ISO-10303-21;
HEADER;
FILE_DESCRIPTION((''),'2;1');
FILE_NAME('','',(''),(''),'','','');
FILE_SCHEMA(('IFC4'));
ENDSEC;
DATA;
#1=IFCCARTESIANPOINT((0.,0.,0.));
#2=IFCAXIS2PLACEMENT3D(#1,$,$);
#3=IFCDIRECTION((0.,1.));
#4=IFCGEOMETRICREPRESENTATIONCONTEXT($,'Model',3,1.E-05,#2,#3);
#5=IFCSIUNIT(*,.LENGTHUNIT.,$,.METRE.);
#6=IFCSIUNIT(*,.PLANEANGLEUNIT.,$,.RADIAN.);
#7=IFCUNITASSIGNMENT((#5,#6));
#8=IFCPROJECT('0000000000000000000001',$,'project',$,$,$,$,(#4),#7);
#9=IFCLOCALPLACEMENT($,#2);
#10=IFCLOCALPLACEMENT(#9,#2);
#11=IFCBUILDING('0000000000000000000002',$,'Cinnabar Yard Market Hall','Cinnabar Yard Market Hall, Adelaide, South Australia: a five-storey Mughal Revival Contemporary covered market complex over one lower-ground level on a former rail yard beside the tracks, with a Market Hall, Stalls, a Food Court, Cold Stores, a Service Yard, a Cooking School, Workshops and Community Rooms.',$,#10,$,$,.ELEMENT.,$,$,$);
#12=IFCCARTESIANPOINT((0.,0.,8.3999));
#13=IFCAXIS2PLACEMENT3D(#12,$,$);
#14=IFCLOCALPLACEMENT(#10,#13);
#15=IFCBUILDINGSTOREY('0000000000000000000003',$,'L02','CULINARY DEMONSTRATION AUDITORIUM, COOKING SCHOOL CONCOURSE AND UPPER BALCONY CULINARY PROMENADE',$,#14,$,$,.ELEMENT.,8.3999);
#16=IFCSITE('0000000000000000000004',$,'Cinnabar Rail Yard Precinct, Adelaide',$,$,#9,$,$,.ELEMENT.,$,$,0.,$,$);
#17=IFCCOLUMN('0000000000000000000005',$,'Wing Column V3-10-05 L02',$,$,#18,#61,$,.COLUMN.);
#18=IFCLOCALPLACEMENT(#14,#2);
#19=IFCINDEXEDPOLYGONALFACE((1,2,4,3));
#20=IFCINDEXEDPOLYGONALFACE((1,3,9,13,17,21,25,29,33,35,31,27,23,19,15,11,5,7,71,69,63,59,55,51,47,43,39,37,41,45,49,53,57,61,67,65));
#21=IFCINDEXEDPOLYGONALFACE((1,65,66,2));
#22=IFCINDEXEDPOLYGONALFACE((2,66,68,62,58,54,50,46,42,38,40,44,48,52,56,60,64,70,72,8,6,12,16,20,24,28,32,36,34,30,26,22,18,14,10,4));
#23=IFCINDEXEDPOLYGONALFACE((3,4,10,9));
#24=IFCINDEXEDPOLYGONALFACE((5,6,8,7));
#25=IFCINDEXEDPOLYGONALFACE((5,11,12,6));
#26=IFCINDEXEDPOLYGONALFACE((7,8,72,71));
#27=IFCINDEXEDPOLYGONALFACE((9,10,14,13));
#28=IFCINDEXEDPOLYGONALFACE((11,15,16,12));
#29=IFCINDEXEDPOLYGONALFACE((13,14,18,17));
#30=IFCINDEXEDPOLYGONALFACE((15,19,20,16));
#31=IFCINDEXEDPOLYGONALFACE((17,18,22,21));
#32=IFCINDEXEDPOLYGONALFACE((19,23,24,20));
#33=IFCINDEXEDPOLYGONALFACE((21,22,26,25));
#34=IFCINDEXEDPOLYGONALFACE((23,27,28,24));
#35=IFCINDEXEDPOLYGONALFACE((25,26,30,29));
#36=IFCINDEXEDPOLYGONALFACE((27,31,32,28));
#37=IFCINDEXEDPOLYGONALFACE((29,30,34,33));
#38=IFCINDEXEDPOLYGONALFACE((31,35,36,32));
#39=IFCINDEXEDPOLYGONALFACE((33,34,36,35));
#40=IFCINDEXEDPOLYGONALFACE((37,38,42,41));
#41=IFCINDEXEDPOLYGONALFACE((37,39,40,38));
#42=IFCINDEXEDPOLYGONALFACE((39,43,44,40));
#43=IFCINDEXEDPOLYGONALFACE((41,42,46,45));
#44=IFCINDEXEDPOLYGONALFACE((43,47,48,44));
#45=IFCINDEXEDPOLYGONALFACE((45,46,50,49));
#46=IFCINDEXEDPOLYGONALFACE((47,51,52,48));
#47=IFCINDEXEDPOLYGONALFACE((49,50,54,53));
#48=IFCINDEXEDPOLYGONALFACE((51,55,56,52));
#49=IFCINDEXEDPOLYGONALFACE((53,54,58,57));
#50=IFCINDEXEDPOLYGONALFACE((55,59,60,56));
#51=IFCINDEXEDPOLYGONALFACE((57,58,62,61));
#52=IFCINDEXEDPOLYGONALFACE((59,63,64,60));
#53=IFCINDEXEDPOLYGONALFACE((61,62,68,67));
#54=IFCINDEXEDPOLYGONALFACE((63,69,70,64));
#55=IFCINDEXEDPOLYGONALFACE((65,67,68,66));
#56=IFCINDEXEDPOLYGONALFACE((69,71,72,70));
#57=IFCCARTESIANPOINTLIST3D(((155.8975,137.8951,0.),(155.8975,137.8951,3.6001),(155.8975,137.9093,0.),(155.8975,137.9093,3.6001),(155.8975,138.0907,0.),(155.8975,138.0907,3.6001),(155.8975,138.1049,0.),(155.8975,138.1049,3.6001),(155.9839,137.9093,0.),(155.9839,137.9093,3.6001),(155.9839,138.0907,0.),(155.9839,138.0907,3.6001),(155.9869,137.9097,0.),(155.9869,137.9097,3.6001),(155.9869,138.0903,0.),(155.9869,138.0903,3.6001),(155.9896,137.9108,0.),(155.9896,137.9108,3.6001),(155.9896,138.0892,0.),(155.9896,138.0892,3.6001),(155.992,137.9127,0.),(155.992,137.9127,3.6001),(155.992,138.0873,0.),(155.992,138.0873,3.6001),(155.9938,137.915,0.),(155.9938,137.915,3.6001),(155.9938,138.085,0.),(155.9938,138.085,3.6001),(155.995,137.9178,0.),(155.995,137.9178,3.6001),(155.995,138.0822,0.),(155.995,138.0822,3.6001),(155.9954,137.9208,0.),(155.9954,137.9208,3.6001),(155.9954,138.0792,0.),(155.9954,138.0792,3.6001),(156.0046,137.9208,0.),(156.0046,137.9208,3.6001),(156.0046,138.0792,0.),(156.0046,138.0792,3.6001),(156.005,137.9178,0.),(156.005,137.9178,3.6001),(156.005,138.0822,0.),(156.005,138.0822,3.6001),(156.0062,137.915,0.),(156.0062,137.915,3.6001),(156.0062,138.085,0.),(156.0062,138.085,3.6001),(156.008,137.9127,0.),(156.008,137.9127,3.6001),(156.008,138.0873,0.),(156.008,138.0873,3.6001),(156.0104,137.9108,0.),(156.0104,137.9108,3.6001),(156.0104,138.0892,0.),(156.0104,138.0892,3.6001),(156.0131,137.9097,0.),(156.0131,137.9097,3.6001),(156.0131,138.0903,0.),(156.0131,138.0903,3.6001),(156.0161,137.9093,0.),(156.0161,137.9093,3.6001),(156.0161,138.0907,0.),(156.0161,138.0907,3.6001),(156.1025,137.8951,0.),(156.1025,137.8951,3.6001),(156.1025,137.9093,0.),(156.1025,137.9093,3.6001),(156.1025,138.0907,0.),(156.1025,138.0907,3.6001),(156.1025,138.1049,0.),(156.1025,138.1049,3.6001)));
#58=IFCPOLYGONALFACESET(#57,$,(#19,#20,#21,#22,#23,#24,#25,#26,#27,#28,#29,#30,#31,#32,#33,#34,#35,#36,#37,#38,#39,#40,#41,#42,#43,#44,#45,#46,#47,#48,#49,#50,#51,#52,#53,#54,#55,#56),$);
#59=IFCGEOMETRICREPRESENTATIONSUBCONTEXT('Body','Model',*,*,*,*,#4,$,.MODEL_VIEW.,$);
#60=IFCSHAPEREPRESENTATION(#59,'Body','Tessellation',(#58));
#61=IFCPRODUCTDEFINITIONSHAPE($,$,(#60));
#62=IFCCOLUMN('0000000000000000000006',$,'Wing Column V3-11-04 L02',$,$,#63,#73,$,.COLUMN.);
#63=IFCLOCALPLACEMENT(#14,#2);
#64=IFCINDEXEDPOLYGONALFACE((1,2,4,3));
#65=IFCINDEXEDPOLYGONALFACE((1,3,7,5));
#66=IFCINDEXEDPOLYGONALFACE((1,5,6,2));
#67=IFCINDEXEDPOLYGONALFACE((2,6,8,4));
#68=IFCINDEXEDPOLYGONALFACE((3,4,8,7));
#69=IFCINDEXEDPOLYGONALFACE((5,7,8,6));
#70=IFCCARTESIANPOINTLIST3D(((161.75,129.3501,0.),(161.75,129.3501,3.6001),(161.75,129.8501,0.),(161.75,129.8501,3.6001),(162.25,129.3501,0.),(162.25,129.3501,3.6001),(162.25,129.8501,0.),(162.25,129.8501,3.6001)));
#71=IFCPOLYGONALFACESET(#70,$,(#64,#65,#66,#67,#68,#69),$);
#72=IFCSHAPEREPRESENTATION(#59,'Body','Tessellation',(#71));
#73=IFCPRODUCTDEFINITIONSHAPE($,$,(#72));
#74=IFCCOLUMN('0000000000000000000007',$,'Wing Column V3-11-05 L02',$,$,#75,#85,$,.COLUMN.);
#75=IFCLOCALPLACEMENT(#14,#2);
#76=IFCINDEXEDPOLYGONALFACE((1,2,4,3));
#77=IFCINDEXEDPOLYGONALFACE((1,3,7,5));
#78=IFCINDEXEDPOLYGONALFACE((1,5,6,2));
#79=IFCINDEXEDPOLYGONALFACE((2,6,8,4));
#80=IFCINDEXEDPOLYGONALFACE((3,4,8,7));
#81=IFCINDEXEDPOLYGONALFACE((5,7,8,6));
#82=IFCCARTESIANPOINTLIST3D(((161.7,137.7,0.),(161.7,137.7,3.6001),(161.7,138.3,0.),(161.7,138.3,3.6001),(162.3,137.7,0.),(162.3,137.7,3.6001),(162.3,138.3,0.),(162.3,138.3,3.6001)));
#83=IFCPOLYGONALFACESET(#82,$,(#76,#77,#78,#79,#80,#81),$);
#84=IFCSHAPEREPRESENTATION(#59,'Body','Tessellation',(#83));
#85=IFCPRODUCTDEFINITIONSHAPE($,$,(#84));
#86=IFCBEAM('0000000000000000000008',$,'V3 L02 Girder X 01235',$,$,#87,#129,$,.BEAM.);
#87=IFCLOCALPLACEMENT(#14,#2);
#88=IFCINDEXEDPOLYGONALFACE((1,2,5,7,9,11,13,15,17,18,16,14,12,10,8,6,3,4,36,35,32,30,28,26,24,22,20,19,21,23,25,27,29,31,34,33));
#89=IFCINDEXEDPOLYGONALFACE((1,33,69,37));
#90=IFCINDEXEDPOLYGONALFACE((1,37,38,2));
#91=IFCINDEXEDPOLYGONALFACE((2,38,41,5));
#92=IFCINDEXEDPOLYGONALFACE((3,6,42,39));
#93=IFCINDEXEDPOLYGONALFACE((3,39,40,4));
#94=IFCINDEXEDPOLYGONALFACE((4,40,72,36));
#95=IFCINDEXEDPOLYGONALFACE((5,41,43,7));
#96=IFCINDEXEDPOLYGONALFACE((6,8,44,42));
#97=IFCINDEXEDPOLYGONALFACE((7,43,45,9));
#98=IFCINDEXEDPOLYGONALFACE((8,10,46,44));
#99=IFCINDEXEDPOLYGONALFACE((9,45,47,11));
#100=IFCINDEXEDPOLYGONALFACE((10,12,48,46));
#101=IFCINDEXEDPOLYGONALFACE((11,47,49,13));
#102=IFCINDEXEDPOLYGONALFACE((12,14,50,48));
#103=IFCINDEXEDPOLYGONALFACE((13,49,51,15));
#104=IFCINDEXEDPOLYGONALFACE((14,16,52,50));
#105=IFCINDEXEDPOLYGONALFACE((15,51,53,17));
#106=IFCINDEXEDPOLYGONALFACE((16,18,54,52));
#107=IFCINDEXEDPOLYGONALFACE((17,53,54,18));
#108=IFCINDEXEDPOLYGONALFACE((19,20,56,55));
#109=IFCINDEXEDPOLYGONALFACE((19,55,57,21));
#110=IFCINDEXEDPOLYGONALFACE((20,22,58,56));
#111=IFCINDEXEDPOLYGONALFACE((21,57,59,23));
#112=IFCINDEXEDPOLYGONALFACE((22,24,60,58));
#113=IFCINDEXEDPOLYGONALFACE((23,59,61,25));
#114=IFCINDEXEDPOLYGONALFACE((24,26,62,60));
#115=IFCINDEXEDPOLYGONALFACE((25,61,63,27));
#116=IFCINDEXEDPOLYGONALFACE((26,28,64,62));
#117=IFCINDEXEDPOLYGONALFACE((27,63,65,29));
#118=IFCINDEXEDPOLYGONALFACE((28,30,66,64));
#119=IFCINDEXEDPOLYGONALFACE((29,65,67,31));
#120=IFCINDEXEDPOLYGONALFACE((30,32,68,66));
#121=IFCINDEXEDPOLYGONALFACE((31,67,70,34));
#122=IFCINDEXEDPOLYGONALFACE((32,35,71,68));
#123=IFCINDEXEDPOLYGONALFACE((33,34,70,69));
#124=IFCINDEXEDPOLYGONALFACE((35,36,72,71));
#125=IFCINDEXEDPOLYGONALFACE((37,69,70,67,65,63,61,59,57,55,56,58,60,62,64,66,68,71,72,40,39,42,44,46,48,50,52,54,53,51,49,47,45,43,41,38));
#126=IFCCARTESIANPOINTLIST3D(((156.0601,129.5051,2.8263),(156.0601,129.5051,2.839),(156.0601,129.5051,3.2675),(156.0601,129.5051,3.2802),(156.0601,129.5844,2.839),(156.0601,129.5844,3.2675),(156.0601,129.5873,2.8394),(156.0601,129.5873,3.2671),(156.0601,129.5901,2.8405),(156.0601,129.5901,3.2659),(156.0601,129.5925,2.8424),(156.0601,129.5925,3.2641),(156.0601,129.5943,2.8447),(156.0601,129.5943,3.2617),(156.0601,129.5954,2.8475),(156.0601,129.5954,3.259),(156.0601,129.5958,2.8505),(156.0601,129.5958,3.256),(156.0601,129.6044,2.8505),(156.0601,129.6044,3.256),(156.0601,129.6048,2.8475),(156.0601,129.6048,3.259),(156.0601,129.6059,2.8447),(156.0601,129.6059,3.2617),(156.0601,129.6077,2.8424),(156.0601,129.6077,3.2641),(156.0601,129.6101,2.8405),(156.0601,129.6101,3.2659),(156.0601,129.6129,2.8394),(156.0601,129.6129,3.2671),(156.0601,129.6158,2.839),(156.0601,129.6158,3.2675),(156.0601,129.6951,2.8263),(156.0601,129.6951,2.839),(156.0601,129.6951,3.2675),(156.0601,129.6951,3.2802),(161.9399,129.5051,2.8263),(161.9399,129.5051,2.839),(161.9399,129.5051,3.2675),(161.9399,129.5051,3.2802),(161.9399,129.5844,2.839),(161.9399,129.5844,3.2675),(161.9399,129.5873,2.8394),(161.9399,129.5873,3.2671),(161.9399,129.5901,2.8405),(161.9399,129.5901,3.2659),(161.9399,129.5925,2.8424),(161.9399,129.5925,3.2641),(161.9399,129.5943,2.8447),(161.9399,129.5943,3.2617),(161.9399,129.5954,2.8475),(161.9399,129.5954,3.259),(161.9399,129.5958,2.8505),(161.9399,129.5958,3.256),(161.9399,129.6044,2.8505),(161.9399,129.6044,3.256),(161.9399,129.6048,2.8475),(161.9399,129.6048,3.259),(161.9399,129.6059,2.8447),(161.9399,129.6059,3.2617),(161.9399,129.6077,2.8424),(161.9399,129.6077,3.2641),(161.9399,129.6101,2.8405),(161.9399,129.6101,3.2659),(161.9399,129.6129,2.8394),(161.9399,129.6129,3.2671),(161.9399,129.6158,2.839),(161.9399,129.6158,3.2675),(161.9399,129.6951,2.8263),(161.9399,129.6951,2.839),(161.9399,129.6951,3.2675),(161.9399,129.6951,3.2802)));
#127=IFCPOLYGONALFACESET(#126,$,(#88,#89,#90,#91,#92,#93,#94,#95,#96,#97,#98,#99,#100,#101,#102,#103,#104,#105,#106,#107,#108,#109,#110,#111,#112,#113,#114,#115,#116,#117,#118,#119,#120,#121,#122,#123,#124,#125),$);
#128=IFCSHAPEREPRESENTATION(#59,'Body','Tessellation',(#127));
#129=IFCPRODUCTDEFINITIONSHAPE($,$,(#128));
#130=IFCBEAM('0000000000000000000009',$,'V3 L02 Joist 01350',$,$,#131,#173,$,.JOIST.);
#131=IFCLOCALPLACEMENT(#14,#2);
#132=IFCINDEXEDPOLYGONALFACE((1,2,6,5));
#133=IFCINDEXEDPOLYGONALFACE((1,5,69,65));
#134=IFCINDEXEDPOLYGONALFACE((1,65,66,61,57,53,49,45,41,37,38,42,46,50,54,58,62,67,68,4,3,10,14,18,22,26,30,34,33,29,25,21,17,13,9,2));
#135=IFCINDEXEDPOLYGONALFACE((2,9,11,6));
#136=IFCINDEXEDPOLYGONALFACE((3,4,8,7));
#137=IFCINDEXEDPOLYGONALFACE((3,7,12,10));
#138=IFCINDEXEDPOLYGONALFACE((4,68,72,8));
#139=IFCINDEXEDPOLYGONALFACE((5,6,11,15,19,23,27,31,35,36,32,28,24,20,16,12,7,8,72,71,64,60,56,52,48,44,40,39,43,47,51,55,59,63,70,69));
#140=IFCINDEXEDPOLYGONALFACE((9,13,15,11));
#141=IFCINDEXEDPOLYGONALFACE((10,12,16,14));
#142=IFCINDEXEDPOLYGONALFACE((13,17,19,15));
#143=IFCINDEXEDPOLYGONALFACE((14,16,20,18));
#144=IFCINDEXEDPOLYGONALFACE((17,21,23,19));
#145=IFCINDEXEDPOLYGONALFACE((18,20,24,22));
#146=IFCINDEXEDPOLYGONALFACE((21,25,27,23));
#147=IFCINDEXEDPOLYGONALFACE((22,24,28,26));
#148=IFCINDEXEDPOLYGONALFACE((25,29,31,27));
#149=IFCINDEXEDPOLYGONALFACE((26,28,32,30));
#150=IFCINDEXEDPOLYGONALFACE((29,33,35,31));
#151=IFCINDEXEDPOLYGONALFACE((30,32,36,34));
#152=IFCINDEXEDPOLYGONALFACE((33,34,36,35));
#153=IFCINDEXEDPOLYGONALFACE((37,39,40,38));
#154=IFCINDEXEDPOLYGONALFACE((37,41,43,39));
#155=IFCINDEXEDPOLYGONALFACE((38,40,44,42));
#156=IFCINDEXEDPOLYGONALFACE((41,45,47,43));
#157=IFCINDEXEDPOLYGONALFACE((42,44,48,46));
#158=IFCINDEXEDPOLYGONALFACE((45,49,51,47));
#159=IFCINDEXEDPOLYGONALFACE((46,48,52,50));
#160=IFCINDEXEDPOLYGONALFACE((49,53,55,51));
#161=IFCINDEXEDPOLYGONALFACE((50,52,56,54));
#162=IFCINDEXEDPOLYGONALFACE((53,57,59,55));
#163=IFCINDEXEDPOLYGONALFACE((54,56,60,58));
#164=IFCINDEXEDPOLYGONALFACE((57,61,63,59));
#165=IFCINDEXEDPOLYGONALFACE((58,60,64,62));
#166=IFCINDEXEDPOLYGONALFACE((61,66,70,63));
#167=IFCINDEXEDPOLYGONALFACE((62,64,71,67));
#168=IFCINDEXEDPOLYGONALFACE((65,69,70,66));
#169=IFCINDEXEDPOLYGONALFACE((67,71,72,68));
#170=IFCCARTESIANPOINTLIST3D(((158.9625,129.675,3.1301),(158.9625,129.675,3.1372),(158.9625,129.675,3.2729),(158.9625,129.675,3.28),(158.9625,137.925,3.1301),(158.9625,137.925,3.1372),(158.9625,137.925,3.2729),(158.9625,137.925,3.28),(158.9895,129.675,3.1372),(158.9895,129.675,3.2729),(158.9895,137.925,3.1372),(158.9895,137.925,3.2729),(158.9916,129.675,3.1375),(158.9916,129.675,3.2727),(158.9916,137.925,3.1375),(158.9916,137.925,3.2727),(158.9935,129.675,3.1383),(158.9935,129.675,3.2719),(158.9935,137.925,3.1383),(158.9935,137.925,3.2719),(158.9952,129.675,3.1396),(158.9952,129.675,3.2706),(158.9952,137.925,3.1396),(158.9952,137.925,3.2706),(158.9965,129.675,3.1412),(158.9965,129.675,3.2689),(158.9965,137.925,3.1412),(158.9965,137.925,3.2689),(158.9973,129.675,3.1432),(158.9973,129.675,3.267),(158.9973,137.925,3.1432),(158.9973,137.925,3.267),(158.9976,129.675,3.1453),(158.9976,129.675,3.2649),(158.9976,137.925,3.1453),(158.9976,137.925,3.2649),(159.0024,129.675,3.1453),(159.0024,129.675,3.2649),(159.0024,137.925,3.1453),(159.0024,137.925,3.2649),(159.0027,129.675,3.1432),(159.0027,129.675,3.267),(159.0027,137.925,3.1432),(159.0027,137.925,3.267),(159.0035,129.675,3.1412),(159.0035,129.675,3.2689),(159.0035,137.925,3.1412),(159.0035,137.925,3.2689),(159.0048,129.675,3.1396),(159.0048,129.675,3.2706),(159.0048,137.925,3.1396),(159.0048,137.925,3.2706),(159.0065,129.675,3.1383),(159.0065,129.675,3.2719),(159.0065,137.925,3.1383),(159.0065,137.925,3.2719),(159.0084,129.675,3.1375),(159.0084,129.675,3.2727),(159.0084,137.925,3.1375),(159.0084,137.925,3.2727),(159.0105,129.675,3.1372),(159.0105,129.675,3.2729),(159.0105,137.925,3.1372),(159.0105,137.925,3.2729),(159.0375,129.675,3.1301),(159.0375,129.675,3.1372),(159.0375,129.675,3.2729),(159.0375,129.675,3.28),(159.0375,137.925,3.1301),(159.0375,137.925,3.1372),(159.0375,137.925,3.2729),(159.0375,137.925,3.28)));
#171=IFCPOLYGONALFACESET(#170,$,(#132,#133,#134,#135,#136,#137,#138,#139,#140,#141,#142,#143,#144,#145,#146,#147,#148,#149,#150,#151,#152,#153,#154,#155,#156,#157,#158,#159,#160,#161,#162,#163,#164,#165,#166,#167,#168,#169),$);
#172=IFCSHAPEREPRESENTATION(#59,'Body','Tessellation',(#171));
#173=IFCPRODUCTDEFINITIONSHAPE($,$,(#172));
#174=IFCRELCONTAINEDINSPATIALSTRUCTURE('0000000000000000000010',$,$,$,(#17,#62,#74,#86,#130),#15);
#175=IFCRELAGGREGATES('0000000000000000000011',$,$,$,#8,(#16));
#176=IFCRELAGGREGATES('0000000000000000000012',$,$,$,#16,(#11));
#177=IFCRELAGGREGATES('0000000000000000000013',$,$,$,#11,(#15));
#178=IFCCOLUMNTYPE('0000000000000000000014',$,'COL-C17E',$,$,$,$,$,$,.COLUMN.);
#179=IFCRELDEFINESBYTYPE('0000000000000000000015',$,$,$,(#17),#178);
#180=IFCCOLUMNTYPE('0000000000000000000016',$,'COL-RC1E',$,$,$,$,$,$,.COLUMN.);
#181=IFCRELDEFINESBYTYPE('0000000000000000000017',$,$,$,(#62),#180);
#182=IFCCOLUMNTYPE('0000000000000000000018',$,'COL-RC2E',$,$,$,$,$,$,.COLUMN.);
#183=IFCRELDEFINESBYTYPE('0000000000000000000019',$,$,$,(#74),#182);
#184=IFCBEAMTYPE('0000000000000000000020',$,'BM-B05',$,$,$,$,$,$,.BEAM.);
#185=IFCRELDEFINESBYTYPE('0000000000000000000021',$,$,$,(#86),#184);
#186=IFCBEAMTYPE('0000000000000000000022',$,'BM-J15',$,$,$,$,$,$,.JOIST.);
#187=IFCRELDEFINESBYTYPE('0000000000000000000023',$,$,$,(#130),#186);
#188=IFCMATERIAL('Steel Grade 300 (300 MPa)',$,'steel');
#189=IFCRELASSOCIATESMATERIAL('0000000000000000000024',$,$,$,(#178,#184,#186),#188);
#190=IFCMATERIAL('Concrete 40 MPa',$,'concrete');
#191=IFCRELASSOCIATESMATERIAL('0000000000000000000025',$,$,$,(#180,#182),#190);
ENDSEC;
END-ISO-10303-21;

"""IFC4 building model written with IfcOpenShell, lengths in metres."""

from ifc_helpers import new_model, si_unit, direction, frame, origin, origin_2d_with_axis, place, context, subcontext, project, spatial, rectangle, i_section, extrude, material, material_profile, profile_set, type_object, element, save


model = new_model("IFC4")

# Units and contexts
model_context = context("Model", 3, precision=1e-05, world=origin(), true_north=direction((0.0, 1.0)))
body_context = subcontext(model_context, "Body", "Model", "MODEL_VIEW")
ifc_project = project(units=[si_unit("LENGTHUNIT", "METRE"), si_unit("PLANEANGLEUNIT", "RADIAN")], contexts=[model_context])

# Site, building, storey
site_placement = place(None, origin())
site = spatial("IfcSite", under=ifc_project, at=site_placement, Name="Cinnabar Rail Yard Precinct, Adelaide", CompositionType="ELEMENT", RefElevation=0.0)
building_placement = place(site_placement, origin())
building = spatial("IfcBuilding", under=site, at=building_placement, Name="Cinnabar Yard Market Hall", Description="Cinnabar Yard Market Hall, Adelaide, South Australia: a five-storey Mughal Revival Contemporary covered market complex over one lower-ground level on a former rail yard beside the tracks, with a Market Hall, Stalls, a Food Court, Cold Stores, a Service Yard, a Cooking School, Workshops and Community Rooms.", CompositionType="ELEMENT")
storey_placement = place(building_placement, frame((0.0, 0.0, 8.3999)))
storey = spatial("IfcBuildingStorey", under=building, at=storey_placement, Name="L02", Description="CULINARY DEMONSTRATION AUDITORIUM, COOKING SCHOOL CONCOURSE AND UPPER BALCONY CULINARY PROMENADE", CompositionType="ELEMENT", Elevation=8.3999)

# Columns
ifc_material_1 = material(Name="Steel Grade 300 (300 MPa)", Category="steel")
ifc_material_profile_1 = material_profile(ifc_material_1, i_section(OverallWidth=0.2051, OverallDepth=0.2097, WebThickness=0.0093, FlangeThickness=0.0142, FilletRadius=0.0115, at=origin_2d_with_axis()), Name="200UC59.5")
ifc_profile_set_1 = profile_set([ifc_material_profile_1], Name="Steel Grade 300 (300 MPa)")
column_type_1 = type_object("IfcColumnType", Name="COL-C17E", PredefinedType="COLUMN", material=ifc_profile_set_1)
column_1_placement = place(storey_placement, frame((156.0, 138.0, 0.0), z_axis=(0.0, 0.0, 1.0), x_axis=(1.0, 0.0, 0.0)))
element("IfcColumn", 1, at=column_1_placement, inside=storey, type_object=column_type_1, Name="Wing Column V3-10-05 L02", PredefinedType="COLUMN", context=body_context, shape_type="SweptSolid", body=[
    extrude(i_section(OverallWidth=0.2051, OverallDepth=0.2097, WebThickness=0.0093, FlangeThickness=0.0142, FilletRadius=0.0115, at=origin_2d_with_axis()), origin(), (0.0, 0.0, 1.0), 3.6001),
])
ifc_material_2 = material(Name="Concrete 40 MPa", Category="concrete")
ifc_material_profile_2 = material_profile(ifc_material_2, rectangle(XDim=0.5, YDim=0.5, at=origin_2d_with_axis()), Name="RC-500x500")
ifc_profile_set_2 = profile_set([ifc_material_profile_2], Name="Concrete 40 MPa")
column_type_2 = type_object("IfcColumnType", Name="COL-RC1E", PredefinedType="COLUMN", material=ifc_profile_set_2)
column_2_placement = place(storey_placement, frame((162.0, 129.6001, 0.0), z_axis=(0.0, 0.0, 1.0), x_axis=(1.0, 0.0, 0.0)))
element("IfcColumn", 2, at=column_2_placement, inside=storey, type_object=column_type_2, Name="Wing Column V3-11-04 L02", PredefinedType="COLUMN", context=body_context, shape_type="SweptSolid", body=[
    extrude(rectangle(XDim=0.5, YDim=0.5, at=origin_2d_with_axis()), origin(), (0.0, 0.0, 1.0), 3.6001),
])
ifc_material_profile_3 = material_profile(ifc_material_2, rectangle(XDim=0.6001, YDim=0.6001, at=origin_2d_with_axis()), Name="RC-600x600")
ifc_profile_set_3 = profile_set([ifc_material_profile_3], Name="Concrete 40 MPa")
column_type_3 = type_object("IfcColumnType", Name="COL-RC2E", PredefinedType="COLUMN", material=ifc_profile_set_3)
column_3_placement = place(storey_placement, frame((162.0, 138.0, 0.0), z_axis=(0.0, 0.0, 1.0), x_axis=(1.0, 0.0, 0.0)))
element("IfcColumn", 3, at=column_3_placement, inside=storey, type_object=column_type_3, Name="Wing Column V3-11-05 L02", PredefinedType="COLUMN", context=body_context, shape_type="SweptSolid", body=[
    extrude(rectangle(XDim=0.6001, YDim=0.6001, at=origin_2d_with_axis()), origin(), (0.0, 0.0, 1.0), 3.6001),
])

# Beams
ifc_material_profile_4 = material_profile(ifc_material_1, i_section(OverallWidth=0.1899, OverallDepth=0.4539, WebThickness=0.0085, FlangeThickness=0.0127, FilletRadius=0.0115, at=origin_2d_with_axis()), Name="460UB67.1")
ifc_profile_set_4 = profile_set([ifc_material_profile_4], Name="Steel Grade 300 (300 MPa)")
beam_type_1 = type_object("IfcBeamType", Name="BM-B05", PredefinedType="BEAM", material=ifc_profile_set_4)
beam_1_placement = place(storey_placement, frame((156.0601, 129.6001, 3.0532), z_axis=(1.0, 0.0, 0.0), x_axis=(0.0, 1.0, 0.0)))
element("IfcBeam", 4, at=beam_1_placement, inside=storey, type_object=beam_type_1, Name="V3 L02 Girder X 01235", PredefinedType="BEAM", context=body_context, shape_type="SweptSolid", body=[
    extrude(i_section(OverallWidth=0.1899, OverallDepth=0.4539, WebThickness=0.0085, FlangeThickness=0.0127, FilletRadius=0.0115, at=origin_2d_with_axis()), origin(), (0.0, 0.0, 1.0), 5.8799),
])
ifc_material_profile_5 = material_profile(ifc_material_1, i_section(OverallWidth=0.075, OverallDepth=0.1499, WebThickness=0.0049, FlangeThickness=0.0071, FilletRadius=0.0081, at=origin_2d_with_axis()), Name="150UB14.0")
ifc_profile_set_5 = profile_set([ifc_material_profile_5], Name="Steel Grade 300 (300 MPa)")
beam_type_2 = type_object("IfcBeamType", Name="BM-J15", PredefinedType="JOIST", material=ifc_profile_set_5)
beam_2_placement = place(storey_placement, frame((159.0, 129.675, 3.2051), z_axis=(0.0, 1.0, 0.0), x_axis=(-1.0, 0.0, 0.0)))
element("IfcBeam", 5, at=beam_2_placement, inside=storey, type_object=beam_type_2, Name="V3 L02 Joist 01350", PredefinedType="JOIST", context=body_context, shape_type="SweptSolid", body=[
    extrude(i_section(OverallWidth=0.075, OverallDepth=0.1499, WebThickness=0.0049, FlangeThickness=0.0071, FilletRadius=0.0081, at=origin_2d_with_axis()), origin(), (0.0, 0.0, 1.0), 8.25),
])

save(model, "model.ifc")
